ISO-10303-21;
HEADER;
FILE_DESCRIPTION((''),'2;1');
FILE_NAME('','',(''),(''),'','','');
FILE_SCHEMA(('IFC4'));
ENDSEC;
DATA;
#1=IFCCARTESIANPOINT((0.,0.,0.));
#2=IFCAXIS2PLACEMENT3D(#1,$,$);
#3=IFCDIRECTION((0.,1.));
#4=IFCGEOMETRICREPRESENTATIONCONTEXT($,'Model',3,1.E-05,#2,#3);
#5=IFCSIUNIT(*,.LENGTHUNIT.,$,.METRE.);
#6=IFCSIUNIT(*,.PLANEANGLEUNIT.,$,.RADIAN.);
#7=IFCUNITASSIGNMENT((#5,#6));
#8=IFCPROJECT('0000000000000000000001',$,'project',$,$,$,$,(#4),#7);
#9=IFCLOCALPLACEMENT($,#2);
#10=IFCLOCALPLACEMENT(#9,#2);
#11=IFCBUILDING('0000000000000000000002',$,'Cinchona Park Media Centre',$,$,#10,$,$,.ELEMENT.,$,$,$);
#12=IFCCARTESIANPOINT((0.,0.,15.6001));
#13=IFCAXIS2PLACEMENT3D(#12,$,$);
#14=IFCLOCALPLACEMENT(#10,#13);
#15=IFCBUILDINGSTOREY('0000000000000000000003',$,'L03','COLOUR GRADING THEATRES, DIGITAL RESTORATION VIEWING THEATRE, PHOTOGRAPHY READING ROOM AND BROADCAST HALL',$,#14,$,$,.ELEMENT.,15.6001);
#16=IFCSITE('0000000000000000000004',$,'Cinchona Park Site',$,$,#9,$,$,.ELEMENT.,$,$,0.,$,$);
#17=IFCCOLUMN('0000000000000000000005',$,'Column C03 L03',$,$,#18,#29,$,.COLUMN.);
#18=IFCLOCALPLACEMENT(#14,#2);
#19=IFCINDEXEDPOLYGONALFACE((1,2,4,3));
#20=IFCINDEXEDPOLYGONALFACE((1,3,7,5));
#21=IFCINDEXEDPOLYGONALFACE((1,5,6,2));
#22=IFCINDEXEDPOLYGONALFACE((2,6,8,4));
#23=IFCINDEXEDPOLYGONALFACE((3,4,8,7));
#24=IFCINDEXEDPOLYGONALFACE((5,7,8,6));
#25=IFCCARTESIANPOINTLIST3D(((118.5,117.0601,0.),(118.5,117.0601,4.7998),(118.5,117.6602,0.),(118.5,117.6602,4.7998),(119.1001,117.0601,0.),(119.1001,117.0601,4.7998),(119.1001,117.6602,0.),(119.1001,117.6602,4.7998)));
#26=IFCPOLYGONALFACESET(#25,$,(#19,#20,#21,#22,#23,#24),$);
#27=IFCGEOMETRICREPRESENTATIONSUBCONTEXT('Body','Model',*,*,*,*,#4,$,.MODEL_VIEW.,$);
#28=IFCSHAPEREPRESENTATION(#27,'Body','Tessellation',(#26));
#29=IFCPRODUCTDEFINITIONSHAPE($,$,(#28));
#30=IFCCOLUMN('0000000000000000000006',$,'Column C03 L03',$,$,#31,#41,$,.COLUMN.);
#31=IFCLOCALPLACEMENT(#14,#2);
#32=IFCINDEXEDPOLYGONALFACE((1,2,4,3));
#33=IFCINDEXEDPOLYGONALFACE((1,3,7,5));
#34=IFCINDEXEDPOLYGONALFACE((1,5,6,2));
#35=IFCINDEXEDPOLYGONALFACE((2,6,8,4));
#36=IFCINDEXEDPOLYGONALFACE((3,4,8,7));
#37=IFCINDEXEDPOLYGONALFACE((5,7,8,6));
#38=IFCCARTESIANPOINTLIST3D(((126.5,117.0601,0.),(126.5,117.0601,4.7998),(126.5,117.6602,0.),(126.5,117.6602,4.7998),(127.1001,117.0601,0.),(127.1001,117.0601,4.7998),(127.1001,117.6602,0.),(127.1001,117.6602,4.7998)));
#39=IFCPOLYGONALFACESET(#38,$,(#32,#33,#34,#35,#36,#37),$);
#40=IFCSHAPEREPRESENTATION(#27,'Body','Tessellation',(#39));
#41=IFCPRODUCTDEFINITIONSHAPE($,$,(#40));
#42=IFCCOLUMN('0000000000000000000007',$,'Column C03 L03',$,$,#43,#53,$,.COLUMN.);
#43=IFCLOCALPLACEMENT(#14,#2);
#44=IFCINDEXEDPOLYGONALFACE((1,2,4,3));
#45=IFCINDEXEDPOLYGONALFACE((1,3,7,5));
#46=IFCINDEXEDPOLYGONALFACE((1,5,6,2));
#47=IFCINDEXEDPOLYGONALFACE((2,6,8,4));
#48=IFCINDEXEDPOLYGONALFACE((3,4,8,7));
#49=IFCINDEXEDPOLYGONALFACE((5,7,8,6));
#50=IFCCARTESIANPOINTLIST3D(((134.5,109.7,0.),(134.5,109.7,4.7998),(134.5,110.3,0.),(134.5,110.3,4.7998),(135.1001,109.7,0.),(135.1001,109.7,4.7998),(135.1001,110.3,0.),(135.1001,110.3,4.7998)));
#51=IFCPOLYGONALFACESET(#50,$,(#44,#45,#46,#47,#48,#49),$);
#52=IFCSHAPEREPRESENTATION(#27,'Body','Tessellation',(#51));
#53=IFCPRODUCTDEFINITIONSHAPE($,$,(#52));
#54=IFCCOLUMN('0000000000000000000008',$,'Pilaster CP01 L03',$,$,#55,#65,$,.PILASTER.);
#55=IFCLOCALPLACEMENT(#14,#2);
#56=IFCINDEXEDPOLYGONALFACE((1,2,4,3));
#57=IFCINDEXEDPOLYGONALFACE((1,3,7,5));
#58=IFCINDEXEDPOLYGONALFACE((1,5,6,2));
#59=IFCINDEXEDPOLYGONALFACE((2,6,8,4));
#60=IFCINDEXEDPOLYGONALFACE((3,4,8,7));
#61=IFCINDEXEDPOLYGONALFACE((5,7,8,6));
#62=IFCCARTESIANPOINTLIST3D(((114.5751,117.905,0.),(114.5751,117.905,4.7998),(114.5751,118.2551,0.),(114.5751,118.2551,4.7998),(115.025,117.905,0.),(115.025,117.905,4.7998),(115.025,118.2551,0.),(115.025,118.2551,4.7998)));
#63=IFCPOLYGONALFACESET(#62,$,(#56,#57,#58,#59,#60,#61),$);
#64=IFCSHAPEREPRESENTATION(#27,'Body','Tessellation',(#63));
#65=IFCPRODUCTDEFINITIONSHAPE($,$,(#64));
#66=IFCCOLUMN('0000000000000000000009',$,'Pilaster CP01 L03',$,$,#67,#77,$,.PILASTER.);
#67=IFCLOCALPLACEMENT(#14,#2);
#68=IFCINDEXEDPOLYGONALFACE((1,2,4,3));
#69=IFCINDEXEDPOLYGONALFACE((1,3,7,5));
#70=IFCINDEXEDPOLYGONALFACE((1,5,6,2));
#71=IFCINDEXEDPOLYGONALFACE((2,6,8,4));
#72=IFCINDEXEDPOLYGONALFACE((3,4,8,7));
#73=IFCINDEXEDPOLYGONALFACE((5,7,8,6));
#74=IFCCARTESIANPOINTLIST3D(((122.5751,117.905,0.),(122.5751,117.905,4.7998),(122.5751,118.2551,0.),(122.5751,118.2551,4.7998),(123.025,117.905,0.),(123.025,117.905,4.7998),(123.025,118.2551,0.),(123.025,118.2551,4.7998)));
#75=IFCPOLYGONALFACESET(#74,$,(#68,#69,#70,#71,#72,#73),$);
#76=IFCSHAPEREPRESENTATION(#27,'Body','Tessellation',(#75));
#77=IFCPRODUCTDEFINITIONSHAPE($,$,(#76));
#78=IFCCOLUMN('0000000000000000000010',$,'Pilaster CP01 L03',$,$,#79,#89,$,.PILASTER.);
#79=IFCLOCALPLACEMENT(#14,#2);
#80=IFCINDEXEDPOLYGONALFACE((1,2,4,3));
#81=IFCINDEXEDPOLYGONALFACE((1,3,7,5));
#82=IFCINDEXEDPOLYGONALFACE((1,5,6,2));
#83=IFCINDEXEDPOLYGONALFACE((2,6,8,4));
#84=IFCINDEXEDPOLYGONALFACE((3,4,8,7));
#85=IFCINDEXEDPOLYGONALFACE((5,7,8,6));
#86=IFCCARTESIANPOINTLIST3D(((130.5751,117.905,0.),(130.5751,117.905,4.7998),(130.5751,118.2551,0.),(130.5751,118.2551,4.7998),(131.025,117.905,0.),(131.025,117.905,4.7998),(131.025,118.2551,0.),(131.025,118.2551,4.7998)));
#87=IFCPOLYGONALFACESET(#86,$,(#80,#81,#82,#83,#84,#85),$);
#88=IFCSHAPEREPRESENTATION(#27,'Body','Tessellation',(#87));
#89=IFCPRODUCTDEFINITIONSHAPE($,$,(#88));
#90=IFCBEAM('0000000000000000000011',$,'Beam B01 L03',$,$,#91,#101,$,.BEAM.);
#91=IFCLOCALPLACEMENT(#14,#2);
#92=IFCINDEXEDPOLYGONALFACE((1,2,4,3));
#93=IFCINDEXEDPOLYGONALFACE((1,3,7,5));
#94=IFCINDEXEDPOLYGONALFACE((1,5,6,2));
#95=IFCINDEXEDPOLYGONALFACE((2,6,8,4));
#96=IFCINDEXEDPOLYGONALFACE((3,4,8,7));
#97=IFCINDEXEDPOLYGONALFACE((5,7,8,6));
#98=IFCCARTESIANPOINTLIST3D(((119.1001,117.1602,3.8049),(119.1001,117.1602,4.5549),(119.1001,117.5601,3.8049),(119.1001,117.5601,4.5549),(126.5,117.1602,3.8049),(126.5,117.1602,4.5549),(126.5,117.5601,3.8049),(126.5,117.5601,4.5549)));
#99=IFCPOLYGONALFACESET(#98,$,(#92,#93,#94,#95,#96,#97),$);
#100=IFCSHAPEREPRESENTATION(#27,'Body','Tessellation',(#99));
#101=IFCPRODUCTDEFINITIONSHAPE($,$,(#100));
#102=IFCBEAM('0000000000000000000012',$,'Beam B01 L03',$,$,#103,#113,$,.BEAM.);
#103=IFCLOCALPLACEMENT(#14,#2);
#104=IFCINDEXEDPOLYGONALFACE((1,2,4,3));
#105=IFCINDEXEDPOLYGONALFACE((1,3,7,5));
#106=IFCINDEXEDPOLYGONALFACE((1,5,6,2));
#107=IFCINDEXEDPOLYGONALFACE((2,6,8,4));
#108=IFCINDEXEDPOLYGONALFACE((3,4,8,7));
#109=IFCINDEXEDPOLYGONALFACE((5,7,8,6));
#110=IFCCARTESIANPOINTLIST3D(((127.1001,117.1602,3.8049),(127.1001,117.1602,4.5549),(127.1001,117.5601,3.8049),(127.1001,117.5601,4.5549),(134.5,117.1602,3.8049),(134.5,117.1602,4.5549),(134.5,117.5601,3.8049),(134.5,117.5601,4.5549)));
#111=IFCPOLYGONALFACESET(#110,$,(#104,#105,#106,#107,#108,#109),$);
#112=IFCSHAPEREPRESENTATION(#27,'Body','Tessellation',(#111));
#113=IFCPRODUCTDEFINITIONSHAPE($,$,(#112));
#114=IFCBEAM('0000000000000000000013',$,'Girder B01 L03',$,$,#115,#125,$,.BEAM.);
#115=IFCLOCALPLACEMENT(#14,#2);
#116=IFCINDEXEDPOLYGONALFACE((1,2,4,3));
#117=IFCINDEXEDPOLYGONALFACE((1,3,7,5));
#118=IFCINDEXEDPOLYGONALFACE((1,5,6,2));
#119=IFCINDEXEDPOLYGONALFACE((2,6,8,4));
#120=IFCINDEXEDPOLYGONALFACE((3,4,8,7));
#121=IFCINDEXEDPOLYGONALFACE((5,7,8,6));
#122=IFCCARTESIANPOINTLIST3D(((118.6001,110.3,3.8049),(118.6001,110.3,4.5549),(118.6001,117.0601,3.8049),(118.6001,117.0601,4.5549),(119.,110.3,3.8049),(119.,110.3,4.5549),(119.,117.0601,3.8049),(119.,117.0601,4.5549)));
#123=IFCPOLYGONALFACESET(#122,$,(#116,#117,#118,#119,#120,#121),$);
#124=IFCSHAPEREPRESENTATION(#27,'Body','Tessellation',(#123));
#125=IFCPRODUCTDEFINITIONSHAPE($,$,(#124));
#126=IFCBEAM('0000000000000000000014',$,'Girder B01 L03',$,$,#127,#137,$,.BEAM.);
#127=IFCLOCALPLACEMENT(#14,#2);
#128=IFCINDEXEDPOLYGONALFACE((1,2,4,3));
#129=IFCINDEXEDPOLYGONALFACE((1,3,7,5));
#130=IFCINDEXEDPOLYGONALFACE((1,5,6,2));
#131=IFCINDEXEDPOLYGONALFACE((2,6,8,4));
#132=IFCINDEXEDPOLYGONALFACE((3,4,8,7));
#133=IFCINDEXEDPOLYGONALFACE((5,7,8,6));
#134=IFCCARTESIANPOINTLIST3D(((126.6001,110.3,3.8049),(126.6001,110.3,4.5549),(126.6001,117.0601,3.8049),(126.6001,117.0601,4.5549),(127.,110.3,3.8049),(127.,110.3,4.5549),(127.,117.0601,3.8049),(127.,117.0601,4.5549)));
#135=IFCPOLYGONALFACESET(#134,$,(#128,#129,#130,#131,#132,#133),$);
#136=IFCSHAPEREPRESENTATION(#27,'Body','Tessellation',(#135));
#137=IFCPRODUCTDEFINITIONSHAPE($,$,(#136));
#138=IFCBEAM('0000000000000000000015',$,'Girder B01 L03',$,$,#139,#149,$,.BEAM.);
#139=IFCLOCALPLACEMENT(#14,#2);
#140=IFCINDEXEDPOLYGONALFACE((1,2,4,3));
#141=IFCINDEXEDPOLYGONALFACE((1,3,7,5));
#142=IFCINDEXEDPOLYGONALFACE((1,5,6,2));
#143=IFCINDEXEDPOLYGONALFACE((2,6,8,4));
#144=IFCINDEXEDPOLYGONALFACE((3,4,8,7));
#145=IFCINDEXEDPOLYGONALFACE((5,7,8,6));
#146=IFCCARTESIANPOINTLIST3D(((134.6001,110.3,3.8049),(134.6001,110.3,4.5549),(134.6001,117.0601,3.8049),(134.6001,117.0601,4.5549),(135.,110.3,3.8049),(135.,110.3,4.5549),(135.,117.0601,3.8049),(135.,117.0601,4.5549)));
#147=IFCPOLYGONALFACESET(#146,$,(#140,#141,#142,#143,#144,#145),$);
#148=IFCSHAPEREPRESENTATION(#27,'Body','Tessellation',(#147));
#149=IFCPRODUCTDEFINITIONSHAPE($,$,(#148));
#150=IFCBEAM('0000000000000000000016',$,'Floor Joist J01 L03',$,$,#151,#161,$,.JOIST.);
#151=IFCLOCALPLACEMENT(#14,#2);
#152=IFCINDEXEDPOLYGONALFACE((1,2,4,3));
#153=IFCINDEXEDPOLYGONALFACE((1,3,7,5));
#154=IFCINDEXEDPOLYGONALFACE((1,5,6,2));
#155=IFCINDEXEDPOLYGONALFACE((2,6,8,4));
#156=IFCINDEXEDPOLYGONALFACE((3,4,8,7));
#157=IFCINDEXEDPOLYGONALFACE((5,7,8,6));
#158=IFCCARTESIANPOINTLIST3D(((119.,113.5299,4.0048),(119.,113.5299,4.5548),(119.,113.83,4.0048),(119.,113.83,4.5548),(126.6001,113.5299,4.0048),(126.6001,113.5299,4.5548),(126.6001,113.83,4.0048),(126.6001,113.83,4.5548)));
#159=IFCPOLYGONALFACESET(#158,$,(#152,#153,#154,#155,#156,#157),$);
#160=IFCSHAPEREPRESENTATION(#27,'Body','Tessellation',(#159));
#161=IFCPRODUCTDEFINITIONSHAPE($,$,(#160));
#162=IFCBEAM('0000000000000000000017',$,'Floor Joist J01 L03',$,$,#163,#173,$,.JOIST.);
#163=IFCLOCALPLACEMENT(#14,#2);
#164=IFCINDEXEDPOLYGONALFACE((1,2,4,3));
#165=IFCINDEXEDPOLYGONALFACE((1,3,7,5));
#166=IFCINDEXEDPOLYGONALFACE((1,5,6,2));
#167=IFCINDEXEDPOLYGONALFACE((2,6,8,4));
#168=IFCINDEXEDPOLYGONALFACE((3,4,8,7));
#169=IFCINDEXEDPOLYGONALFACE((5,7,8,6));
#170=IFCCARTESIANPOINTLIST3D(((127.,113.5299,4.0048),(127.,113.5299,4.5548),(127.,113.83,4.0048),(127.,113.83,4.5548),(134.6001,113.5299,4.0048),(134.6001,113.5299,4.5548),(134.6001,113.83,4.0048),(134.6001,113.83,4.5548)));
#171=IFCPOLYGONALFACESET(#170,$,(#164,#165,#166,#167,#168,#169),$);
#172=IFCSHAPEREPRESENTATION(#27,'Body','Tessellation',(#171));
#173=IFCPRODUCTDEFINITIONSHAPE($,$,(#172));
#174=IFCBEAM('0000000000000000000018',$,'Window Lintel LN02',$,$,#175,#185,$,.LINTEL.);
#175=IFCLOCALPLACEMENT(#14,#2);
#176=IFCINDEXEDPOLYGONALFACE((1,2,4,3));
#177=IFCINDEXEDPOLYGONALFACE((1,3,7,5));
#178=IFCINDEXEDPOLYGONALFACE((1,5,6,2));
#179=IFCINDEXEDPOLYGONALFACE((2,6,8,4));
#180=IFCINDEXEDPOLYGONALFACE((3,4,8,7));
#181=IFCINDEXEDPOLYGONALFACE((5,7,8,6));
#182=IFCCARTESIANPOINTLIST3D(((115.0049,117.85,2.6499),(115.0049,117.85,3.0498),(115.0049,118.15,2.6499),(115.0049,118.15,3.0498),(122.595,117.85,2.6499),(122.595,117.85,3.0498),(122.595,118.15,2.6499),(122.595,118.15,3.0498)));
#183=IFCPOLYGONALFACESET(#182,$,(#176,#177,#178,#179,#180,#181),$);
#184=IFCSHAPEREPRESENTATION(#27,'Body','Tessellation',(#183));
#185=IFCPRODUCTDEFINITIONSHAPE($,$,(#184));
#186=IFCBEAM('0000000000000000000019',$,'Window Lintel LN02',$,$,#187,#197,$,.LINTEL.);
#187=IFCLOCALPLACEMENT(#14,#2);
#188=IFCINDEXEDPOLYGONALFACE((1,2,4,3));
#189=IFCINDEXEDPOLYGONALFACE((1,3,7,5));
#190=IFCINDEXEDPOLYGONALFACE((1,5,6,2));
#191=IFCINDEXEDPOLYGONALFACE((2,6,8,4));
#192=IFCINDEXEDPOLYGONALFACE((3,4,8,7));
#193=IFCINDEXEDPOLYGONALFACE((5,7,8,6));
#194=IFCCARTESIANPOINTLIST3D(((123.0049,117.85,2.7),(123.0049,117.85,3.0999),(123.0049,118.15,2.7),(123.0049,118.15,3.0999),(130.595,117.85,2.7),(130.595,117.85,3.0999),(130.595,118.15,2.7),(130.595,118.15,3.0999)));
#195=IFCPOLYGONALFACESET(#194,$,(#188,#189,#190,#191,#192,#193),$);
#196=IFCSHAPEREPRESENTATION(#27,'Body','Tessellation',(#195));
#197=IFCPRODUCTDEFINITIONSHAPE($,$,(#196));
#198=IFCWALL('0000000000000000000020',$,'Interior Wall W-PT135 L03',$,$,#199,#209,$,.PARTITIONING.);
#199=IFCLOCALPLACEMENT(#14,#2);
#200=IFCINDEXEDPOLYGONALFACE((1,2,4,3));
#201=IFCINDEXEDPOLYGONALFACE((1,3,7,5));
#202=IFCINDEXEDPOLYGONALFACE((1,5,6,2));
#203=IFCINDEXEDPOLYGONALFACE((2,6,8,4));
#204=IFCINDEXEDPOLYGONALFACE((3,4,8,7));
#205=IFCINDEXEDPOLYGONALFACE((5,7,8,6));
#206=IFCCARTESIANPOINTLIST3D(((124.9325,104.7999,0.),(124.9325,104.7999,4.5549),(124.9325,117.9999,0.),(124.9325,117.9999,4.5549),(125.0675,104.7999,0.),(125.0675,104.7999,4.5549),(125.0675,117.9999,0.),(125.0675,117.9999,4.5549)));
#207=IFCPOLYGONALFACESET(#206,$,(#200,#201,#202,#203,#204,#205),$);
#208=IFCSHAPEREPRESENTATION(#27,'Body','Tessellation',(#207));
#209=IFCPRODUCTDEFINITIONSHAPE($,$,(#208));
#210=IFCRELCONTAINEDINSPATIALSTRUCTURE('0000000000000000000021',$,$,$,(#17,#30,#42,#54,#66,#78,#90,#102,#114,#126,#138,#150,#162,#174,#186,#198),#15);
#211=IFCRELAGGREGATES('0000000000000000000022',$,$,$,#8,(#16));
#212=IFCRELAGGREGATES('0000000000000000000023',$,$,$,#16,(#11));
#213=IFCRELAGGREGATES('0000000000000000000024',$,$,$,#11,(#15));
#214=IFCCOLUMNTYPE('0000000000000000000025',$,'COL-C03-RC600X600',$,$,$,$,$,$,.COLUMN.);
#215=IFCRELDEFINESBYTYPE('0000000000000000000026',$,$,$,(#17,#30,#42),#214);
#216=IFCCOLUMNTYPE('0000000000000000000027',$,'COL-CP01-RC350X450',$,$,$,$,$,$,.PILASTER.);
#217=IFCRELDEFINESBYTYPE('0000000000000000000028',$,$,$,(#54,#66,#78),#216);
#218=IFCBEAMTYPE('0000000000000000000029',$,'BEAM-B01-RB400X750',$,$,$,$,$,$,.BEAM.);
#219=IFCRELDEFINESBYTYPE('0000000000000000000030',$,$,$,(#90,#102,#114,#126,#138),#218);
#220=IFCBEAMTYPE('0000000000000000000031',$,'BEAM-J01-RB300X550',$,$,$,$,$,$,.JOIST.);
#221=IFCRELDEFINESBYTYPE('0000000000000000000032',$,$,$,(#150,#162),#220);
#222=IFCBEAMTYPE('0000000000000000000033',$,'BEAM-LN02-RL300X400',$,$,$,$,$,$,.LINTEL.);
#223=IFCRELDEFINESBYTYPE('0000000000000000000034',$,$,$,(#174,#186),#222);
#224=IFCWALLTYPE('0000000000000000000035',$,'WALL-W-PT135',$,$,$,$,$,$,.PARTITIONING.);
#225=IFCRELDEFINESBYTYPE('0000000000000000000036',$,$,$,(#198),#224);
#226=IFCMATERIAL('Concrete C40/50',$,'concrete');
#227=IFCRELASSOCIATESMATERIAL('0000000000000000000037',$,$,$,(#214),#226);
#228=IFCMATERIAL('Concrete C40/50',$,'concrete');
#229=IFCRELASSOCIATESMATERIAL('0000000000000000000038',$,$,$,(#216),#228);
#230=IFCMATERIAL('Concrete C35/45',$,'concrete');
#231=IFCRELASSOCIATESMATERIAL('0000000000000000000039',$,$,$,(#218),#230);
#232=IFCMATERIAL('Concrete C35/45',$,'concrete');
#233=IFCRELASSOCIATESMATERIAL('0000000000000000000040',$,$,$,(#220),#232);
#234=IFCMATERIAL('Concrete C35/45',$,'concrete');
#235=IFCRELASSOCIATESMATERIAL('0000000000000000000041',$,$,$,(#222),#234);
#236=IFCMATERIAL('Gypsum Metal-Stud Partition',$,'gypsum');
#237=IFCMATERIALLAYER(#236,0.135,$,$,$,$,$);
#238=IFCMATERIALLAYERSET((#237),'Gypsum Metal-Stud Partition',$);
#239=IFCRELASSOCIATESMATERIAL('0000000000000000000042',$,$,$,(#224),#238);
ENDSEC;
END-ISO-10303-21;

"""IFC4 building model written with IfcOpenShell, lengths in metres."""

from ifc_helpers import new_model, si_unit, direction, frame, frame_2d, origin, origin_2d, place, context, subcontext, project, spatial, rectangle, extrude, material, layer, layer_set, material_profile, profile_set, type_object, element, save


model = new_model("IFC4")

# Units and contexts
model_context = context("Model", 3, precision=1e-05, world=origin(), true_north=direction((0.0, 1.0)))
body_context = subcontext(model_context, "Body", "Model", "MODEL_VIEW")
ifc_project = project(units=[si_unit("LENGTHUNIT", "METRE"), si_unit("PLANEANGLEUNIT", "RADIAN")], contexts=[model_context])

# Site, building, storey
site_placement = place(None, origin())
site = spatial("IfcSite", under=ifc_project, at=site_placement, Name="Cinchona Park Site", CompositionType="ELEMENT", RefElevation=0.0)
building_placement = place(site_placement, origin())
building = spatial("IfcBuilding", under=site, at=building_placement, Name="Cinchona Park Media Centre", CompositionType="ELEMENT")
storey_placement = place(building_placement, frame((0.0, 0.0, 15.6001)))
storey = spatial("IfcBuildingStorey", under=building, at=storey_placement, Name="L03", Description="COLOUR GRADING THEATRES, DIGITAL RESTORATION VIEWING THEATRE, PHOTOGRAPHY READING ROOM AND BROADCAST HALL", CompositionType="ELEMENT", Elevation=15.6001)

# Columns
ifc_material_1 = material(Name="Concrete C40/50", Category="concrete")
ifc_material_profile_1 = material_profile(ifc_material_1, rectangle(XDim=0.6001, YDim=0.6001, at=origin_2d()), Name="RC 600X600")
ifc_profile_set_1 = profile_set([ifc_material_profile_1], Name="Concrete C40/50")
column_type_1 = type_object("IfcColumnType", Name="COL-C03-RC600X600", PredefinedType="COLUMN", material=ifc_profile_set_1)
for number, where, z_axis, x_axis, name in (
    (1, (118.8, 117.3601, 0.0), (0.0, 0.0, 1.0), (1.0, 0.0, 0.0), "Column C03 L03"),
    (2, (126.8, 117.3601, 0.0), (0.0, 0.0, 1.0), (1.0, 0.0, 0.0), "Column C03 L03"),
    (3, (134.8, 110.0, 0.0), (0.0, 0.0, 1.0), (1.0, 0.0, 0.0), "Column C03 L03"),
):
    element("IfcColumn", number, at=place(storey_placement, frame(where, z_axis=z_axis, x_axis=x_axis)), inside=storey, type_object=column_type_1, Name=name, PredefinedType="COLUMN", context=body_context, shape_type="SweptSolid", body=[
        extrude(rectangle(XDim=0.6001, YDim=0.6001, at=origin_2d()), origin(), (0.0, 0.0, 1.0), 4.7998),
    ])
ifc_material_2 = material(Name="Concrete C40/50", Category="concrete")
ifc_material_profile_2 = material_profile(ifc_material_2, rectangle(XDim=0.3501, YDim=0.45, at=origin_2d()), Name="RC 350X450")
ifc_profile_set_2 = profile_set([ifc_material_profile_2], Name="Concrete C40/50")
column_type_2 = type_object("IfcColumnType", Name="COL-CP01-RC350X450", PredefinedType="PILASTER", material=ifc_profile_set_2)
for number, where, z_axis, x_axis, name in (
    (4, (114.8, 118.0801, 0.0), (0.0, 0.0, 1.0), (0.0, 1.0, 0.0), "Pilaster CP01 L03"),
    (5, (122.8, 118.0801, 0.0), (0.0, 0.0, 1.0), (0.0, 1.0, 0.0), "Pilaster CP01 L03"),
    (6, (130.8, 118.0801, 0.0), (0.0, 0.0, 1.0), (0.0, 1.0, 0.0), "Pilaster CP01 L03"),
):
    element("IfcColumn", number, at=place(storey_placement, frame(where, z_axis=z_axis, x_axis=x_axis)), inside=storey, type_object=column_type_2, Name=name, PredefinedType="PILASTER", context=body_context, shape_type="SweptSolid", body=[
        extrude(rectangle(XDim=0.3501, YDim=0.45, at=origin_2d()), origin(), (0.0, 0.0, 1.0), 4.7998),
    ])

# Beams
ifc_material_3 = material(Name="Concrete C35/45", Category="concrete")
ifc_material_profile_3 = material_profile(ifc_material_3, rectangle(XDim=0.3999, YDim=0.75, at=origin_2d()), Name="RB 400X750")
ifc_profile_set_3 = profile_set([ifc_material_profile_3], Name="Concrete C35/45")
beam_type_1 = type_object("IfcBeamType", Name="BEAM-B01-RB400X750", PredefinedType="BEAM", material=ifc_profile_set_3)
for number, where, z_axis, x_axis, name in (
    (7, (119.1001, 117.3601, 4.1799), (1.0, 0.0, 0.0), (0.0, 1.0, 0.0), "Beam B01 L03"),
    (8, (127.1001, 117.3601, 4.1799), (1.0, 0.0, 0.0), (0.0, 1.0, 0.0), "Beam B01 L03"),
):
    element("IfcBeam", number, at=place(storey_placement, frame(where, z_axis=z_axis, x_axis=x_axis)), inside=storey, type_object=beam_type_1, Name=name, PredefinedType="BEAM", context=body_context, shape_type="SweptSolid", body=[
        extrude(rectangle(XDim=0.3999, YDim=0.75, at=origin_2d()), origin(), (0.0, 0.0, 1.0), 7.3999),
    ])
for number, where, z_axis, x_axis, name in (
    (9, (118.8, 110.3, 4.1799), (0.0, 1.0, 0.0), (-1.0, 0.0, 0.0), "Girder B01 L03"),
    (10, (126.8, 110.3, 4.1799), (0.0, 1.0, 0.0), (-1.0, 0.0, 0.0), "Girder B01 L03"),
    (11, (134.8, 110.3, 4.1799), (0.0, 1.0, 0.0), (-1.0, 0.0, 0.0), "Girder B01 L03"),
):
    element("IfcBeam", number, at=place(storey_placement, frame(where, z_axis=z_axis, x_axis=x_axis)), inside=storey, type_object=beam_type_1, Name=name, PredefinedType="BEAM", context=body_context, shape_type="SweptSolid", body=[
        extrude(rectangle(XDim=0.3999, YDim=0.75, at=origin_2d()), origin(), (0.0, 0.0, 1.0), 6.76),
    ])
ifc_material_4 = material(Name="Concrete C35/45", Category="concrete")
ifc_material_profile_4 = material_profile(ifc_material_4, rectangle(XDim=0.3, YDim=0.55, at=origin_2d()), Name="RB 300X550")
ifc_profile_set_4 = profile_set([ifc_material_profile_4], Name="Concrete C35/45")
beam_type_2 = type_object("IfcBeamType", Name="BEAM-J01-RB300X550", PredefinedType="JOIST", material=ifc_profile_set_4)
for number, where, z_axis, x_axis, name in (
    (12, (119.0, 113.6799, 4.2798), (1.0, 0.0, 0.0), (0.0, 1.0, 0.0), "Floor Joist J01 L03"),
    (13, (127.0, 113.6799, 4.2798), (1.0, 0.0, 0.0), (0.0, 1.0, 0.0), "Floor Joist J01 L03"),
):
    element("IfcBeam", number, at=place(storey_placement, frame(where, z_axis=z_axis, x_axis=x_axis)), inside=storey, type_object=beam_type_2, Name=name, PredefinedType="JOIST", context=body_context, shape_type="SweptSolid", body=[
        extrude(rectangle(XDim=0.3, YDim=0.55, at=origin_2d()), origin(), (0.0, 0.0, 1.0), 7.6001),
    ])
ifc_material_5 = material(Name="Concrete C35/45", Category="concrete")
ifc_material_profile_5 = material_profile(ifc_material_5, rectangle(XDim=0.3, YDim=0.3999, at=origin_2d()), Name="RL 300X400")
ifc_profile_set_5 = profile_set([ifc_material_profile_5], Name="Concrete C35/45")
beam_type_3 = type_object("IfcBeamType", Name="BEAM-LN02-RL300X400", PredefinedType="LINTEL", material=ifc_profile_set_5)
for number, where, z_axis, x_axis, name in (
    (14, (115.0049, 118.0, 2.8499), (1.0, 0.0, 0.0), (0.0, 1.0, 0.0), "Window Lintel LN02"),
    (15, (123.0049, 118.0, 2.8999), (1.0, 0.0, 0.0), (0.0, 1.0, 0.0), "Window Lintel LN02"),
):
    element("IfcBeam", number, at=place(storey_placement, frame(where, z_axis=z_axis, x_axis=x_axis)), inside=storey, type_object=beam_type_3, Name=name, PredefinedType="LINTEL", context=body_context, shape_type="SweptSolid", body=[
        extrude(rectangle(XDim=0.3, YDim=0.3999, at=origin_2d()), origin(), (0.0, 0.0, 1.0), 7.5901),
    ])

# Wall
ifc_material_6 = material(Name="Gypsum Metal-Stud Partition", Category="gypsum")
ifc_layer = layer(ifc_material_6, 0.135)
ifc_layer_set = layer_set([ifc_layer], Name="Gypsum Metal-Stud Partition")
wall_type = type_object("IfcWallType", Name="WALL-W-PT135", PredefinedType="PARTITIONING", material=ifc_layer_set)
wall_placement = place(storey_placement, frame((125.0, 118.0, 0.0), z_axis=(0.0, 0.0, 1.0), x_axis=(0.0, -1.0, 0.0)))
element("IfcWall", 16, at=wall_placement, inside=storey, type_object=wall_type, Name="Interior Wall W-PT135 L03", PredefinedType="PARTITIONING", context=body_context, shape_type="SweptSolid", body=[
    extrude(rectangle(XDim=13.2, YDim=0.135, at=frame_2d((6.6001, 0.0))), origin(), (0.0, 0.0, 1.0), 4.5549),
])

save(model, "model.ifc")
